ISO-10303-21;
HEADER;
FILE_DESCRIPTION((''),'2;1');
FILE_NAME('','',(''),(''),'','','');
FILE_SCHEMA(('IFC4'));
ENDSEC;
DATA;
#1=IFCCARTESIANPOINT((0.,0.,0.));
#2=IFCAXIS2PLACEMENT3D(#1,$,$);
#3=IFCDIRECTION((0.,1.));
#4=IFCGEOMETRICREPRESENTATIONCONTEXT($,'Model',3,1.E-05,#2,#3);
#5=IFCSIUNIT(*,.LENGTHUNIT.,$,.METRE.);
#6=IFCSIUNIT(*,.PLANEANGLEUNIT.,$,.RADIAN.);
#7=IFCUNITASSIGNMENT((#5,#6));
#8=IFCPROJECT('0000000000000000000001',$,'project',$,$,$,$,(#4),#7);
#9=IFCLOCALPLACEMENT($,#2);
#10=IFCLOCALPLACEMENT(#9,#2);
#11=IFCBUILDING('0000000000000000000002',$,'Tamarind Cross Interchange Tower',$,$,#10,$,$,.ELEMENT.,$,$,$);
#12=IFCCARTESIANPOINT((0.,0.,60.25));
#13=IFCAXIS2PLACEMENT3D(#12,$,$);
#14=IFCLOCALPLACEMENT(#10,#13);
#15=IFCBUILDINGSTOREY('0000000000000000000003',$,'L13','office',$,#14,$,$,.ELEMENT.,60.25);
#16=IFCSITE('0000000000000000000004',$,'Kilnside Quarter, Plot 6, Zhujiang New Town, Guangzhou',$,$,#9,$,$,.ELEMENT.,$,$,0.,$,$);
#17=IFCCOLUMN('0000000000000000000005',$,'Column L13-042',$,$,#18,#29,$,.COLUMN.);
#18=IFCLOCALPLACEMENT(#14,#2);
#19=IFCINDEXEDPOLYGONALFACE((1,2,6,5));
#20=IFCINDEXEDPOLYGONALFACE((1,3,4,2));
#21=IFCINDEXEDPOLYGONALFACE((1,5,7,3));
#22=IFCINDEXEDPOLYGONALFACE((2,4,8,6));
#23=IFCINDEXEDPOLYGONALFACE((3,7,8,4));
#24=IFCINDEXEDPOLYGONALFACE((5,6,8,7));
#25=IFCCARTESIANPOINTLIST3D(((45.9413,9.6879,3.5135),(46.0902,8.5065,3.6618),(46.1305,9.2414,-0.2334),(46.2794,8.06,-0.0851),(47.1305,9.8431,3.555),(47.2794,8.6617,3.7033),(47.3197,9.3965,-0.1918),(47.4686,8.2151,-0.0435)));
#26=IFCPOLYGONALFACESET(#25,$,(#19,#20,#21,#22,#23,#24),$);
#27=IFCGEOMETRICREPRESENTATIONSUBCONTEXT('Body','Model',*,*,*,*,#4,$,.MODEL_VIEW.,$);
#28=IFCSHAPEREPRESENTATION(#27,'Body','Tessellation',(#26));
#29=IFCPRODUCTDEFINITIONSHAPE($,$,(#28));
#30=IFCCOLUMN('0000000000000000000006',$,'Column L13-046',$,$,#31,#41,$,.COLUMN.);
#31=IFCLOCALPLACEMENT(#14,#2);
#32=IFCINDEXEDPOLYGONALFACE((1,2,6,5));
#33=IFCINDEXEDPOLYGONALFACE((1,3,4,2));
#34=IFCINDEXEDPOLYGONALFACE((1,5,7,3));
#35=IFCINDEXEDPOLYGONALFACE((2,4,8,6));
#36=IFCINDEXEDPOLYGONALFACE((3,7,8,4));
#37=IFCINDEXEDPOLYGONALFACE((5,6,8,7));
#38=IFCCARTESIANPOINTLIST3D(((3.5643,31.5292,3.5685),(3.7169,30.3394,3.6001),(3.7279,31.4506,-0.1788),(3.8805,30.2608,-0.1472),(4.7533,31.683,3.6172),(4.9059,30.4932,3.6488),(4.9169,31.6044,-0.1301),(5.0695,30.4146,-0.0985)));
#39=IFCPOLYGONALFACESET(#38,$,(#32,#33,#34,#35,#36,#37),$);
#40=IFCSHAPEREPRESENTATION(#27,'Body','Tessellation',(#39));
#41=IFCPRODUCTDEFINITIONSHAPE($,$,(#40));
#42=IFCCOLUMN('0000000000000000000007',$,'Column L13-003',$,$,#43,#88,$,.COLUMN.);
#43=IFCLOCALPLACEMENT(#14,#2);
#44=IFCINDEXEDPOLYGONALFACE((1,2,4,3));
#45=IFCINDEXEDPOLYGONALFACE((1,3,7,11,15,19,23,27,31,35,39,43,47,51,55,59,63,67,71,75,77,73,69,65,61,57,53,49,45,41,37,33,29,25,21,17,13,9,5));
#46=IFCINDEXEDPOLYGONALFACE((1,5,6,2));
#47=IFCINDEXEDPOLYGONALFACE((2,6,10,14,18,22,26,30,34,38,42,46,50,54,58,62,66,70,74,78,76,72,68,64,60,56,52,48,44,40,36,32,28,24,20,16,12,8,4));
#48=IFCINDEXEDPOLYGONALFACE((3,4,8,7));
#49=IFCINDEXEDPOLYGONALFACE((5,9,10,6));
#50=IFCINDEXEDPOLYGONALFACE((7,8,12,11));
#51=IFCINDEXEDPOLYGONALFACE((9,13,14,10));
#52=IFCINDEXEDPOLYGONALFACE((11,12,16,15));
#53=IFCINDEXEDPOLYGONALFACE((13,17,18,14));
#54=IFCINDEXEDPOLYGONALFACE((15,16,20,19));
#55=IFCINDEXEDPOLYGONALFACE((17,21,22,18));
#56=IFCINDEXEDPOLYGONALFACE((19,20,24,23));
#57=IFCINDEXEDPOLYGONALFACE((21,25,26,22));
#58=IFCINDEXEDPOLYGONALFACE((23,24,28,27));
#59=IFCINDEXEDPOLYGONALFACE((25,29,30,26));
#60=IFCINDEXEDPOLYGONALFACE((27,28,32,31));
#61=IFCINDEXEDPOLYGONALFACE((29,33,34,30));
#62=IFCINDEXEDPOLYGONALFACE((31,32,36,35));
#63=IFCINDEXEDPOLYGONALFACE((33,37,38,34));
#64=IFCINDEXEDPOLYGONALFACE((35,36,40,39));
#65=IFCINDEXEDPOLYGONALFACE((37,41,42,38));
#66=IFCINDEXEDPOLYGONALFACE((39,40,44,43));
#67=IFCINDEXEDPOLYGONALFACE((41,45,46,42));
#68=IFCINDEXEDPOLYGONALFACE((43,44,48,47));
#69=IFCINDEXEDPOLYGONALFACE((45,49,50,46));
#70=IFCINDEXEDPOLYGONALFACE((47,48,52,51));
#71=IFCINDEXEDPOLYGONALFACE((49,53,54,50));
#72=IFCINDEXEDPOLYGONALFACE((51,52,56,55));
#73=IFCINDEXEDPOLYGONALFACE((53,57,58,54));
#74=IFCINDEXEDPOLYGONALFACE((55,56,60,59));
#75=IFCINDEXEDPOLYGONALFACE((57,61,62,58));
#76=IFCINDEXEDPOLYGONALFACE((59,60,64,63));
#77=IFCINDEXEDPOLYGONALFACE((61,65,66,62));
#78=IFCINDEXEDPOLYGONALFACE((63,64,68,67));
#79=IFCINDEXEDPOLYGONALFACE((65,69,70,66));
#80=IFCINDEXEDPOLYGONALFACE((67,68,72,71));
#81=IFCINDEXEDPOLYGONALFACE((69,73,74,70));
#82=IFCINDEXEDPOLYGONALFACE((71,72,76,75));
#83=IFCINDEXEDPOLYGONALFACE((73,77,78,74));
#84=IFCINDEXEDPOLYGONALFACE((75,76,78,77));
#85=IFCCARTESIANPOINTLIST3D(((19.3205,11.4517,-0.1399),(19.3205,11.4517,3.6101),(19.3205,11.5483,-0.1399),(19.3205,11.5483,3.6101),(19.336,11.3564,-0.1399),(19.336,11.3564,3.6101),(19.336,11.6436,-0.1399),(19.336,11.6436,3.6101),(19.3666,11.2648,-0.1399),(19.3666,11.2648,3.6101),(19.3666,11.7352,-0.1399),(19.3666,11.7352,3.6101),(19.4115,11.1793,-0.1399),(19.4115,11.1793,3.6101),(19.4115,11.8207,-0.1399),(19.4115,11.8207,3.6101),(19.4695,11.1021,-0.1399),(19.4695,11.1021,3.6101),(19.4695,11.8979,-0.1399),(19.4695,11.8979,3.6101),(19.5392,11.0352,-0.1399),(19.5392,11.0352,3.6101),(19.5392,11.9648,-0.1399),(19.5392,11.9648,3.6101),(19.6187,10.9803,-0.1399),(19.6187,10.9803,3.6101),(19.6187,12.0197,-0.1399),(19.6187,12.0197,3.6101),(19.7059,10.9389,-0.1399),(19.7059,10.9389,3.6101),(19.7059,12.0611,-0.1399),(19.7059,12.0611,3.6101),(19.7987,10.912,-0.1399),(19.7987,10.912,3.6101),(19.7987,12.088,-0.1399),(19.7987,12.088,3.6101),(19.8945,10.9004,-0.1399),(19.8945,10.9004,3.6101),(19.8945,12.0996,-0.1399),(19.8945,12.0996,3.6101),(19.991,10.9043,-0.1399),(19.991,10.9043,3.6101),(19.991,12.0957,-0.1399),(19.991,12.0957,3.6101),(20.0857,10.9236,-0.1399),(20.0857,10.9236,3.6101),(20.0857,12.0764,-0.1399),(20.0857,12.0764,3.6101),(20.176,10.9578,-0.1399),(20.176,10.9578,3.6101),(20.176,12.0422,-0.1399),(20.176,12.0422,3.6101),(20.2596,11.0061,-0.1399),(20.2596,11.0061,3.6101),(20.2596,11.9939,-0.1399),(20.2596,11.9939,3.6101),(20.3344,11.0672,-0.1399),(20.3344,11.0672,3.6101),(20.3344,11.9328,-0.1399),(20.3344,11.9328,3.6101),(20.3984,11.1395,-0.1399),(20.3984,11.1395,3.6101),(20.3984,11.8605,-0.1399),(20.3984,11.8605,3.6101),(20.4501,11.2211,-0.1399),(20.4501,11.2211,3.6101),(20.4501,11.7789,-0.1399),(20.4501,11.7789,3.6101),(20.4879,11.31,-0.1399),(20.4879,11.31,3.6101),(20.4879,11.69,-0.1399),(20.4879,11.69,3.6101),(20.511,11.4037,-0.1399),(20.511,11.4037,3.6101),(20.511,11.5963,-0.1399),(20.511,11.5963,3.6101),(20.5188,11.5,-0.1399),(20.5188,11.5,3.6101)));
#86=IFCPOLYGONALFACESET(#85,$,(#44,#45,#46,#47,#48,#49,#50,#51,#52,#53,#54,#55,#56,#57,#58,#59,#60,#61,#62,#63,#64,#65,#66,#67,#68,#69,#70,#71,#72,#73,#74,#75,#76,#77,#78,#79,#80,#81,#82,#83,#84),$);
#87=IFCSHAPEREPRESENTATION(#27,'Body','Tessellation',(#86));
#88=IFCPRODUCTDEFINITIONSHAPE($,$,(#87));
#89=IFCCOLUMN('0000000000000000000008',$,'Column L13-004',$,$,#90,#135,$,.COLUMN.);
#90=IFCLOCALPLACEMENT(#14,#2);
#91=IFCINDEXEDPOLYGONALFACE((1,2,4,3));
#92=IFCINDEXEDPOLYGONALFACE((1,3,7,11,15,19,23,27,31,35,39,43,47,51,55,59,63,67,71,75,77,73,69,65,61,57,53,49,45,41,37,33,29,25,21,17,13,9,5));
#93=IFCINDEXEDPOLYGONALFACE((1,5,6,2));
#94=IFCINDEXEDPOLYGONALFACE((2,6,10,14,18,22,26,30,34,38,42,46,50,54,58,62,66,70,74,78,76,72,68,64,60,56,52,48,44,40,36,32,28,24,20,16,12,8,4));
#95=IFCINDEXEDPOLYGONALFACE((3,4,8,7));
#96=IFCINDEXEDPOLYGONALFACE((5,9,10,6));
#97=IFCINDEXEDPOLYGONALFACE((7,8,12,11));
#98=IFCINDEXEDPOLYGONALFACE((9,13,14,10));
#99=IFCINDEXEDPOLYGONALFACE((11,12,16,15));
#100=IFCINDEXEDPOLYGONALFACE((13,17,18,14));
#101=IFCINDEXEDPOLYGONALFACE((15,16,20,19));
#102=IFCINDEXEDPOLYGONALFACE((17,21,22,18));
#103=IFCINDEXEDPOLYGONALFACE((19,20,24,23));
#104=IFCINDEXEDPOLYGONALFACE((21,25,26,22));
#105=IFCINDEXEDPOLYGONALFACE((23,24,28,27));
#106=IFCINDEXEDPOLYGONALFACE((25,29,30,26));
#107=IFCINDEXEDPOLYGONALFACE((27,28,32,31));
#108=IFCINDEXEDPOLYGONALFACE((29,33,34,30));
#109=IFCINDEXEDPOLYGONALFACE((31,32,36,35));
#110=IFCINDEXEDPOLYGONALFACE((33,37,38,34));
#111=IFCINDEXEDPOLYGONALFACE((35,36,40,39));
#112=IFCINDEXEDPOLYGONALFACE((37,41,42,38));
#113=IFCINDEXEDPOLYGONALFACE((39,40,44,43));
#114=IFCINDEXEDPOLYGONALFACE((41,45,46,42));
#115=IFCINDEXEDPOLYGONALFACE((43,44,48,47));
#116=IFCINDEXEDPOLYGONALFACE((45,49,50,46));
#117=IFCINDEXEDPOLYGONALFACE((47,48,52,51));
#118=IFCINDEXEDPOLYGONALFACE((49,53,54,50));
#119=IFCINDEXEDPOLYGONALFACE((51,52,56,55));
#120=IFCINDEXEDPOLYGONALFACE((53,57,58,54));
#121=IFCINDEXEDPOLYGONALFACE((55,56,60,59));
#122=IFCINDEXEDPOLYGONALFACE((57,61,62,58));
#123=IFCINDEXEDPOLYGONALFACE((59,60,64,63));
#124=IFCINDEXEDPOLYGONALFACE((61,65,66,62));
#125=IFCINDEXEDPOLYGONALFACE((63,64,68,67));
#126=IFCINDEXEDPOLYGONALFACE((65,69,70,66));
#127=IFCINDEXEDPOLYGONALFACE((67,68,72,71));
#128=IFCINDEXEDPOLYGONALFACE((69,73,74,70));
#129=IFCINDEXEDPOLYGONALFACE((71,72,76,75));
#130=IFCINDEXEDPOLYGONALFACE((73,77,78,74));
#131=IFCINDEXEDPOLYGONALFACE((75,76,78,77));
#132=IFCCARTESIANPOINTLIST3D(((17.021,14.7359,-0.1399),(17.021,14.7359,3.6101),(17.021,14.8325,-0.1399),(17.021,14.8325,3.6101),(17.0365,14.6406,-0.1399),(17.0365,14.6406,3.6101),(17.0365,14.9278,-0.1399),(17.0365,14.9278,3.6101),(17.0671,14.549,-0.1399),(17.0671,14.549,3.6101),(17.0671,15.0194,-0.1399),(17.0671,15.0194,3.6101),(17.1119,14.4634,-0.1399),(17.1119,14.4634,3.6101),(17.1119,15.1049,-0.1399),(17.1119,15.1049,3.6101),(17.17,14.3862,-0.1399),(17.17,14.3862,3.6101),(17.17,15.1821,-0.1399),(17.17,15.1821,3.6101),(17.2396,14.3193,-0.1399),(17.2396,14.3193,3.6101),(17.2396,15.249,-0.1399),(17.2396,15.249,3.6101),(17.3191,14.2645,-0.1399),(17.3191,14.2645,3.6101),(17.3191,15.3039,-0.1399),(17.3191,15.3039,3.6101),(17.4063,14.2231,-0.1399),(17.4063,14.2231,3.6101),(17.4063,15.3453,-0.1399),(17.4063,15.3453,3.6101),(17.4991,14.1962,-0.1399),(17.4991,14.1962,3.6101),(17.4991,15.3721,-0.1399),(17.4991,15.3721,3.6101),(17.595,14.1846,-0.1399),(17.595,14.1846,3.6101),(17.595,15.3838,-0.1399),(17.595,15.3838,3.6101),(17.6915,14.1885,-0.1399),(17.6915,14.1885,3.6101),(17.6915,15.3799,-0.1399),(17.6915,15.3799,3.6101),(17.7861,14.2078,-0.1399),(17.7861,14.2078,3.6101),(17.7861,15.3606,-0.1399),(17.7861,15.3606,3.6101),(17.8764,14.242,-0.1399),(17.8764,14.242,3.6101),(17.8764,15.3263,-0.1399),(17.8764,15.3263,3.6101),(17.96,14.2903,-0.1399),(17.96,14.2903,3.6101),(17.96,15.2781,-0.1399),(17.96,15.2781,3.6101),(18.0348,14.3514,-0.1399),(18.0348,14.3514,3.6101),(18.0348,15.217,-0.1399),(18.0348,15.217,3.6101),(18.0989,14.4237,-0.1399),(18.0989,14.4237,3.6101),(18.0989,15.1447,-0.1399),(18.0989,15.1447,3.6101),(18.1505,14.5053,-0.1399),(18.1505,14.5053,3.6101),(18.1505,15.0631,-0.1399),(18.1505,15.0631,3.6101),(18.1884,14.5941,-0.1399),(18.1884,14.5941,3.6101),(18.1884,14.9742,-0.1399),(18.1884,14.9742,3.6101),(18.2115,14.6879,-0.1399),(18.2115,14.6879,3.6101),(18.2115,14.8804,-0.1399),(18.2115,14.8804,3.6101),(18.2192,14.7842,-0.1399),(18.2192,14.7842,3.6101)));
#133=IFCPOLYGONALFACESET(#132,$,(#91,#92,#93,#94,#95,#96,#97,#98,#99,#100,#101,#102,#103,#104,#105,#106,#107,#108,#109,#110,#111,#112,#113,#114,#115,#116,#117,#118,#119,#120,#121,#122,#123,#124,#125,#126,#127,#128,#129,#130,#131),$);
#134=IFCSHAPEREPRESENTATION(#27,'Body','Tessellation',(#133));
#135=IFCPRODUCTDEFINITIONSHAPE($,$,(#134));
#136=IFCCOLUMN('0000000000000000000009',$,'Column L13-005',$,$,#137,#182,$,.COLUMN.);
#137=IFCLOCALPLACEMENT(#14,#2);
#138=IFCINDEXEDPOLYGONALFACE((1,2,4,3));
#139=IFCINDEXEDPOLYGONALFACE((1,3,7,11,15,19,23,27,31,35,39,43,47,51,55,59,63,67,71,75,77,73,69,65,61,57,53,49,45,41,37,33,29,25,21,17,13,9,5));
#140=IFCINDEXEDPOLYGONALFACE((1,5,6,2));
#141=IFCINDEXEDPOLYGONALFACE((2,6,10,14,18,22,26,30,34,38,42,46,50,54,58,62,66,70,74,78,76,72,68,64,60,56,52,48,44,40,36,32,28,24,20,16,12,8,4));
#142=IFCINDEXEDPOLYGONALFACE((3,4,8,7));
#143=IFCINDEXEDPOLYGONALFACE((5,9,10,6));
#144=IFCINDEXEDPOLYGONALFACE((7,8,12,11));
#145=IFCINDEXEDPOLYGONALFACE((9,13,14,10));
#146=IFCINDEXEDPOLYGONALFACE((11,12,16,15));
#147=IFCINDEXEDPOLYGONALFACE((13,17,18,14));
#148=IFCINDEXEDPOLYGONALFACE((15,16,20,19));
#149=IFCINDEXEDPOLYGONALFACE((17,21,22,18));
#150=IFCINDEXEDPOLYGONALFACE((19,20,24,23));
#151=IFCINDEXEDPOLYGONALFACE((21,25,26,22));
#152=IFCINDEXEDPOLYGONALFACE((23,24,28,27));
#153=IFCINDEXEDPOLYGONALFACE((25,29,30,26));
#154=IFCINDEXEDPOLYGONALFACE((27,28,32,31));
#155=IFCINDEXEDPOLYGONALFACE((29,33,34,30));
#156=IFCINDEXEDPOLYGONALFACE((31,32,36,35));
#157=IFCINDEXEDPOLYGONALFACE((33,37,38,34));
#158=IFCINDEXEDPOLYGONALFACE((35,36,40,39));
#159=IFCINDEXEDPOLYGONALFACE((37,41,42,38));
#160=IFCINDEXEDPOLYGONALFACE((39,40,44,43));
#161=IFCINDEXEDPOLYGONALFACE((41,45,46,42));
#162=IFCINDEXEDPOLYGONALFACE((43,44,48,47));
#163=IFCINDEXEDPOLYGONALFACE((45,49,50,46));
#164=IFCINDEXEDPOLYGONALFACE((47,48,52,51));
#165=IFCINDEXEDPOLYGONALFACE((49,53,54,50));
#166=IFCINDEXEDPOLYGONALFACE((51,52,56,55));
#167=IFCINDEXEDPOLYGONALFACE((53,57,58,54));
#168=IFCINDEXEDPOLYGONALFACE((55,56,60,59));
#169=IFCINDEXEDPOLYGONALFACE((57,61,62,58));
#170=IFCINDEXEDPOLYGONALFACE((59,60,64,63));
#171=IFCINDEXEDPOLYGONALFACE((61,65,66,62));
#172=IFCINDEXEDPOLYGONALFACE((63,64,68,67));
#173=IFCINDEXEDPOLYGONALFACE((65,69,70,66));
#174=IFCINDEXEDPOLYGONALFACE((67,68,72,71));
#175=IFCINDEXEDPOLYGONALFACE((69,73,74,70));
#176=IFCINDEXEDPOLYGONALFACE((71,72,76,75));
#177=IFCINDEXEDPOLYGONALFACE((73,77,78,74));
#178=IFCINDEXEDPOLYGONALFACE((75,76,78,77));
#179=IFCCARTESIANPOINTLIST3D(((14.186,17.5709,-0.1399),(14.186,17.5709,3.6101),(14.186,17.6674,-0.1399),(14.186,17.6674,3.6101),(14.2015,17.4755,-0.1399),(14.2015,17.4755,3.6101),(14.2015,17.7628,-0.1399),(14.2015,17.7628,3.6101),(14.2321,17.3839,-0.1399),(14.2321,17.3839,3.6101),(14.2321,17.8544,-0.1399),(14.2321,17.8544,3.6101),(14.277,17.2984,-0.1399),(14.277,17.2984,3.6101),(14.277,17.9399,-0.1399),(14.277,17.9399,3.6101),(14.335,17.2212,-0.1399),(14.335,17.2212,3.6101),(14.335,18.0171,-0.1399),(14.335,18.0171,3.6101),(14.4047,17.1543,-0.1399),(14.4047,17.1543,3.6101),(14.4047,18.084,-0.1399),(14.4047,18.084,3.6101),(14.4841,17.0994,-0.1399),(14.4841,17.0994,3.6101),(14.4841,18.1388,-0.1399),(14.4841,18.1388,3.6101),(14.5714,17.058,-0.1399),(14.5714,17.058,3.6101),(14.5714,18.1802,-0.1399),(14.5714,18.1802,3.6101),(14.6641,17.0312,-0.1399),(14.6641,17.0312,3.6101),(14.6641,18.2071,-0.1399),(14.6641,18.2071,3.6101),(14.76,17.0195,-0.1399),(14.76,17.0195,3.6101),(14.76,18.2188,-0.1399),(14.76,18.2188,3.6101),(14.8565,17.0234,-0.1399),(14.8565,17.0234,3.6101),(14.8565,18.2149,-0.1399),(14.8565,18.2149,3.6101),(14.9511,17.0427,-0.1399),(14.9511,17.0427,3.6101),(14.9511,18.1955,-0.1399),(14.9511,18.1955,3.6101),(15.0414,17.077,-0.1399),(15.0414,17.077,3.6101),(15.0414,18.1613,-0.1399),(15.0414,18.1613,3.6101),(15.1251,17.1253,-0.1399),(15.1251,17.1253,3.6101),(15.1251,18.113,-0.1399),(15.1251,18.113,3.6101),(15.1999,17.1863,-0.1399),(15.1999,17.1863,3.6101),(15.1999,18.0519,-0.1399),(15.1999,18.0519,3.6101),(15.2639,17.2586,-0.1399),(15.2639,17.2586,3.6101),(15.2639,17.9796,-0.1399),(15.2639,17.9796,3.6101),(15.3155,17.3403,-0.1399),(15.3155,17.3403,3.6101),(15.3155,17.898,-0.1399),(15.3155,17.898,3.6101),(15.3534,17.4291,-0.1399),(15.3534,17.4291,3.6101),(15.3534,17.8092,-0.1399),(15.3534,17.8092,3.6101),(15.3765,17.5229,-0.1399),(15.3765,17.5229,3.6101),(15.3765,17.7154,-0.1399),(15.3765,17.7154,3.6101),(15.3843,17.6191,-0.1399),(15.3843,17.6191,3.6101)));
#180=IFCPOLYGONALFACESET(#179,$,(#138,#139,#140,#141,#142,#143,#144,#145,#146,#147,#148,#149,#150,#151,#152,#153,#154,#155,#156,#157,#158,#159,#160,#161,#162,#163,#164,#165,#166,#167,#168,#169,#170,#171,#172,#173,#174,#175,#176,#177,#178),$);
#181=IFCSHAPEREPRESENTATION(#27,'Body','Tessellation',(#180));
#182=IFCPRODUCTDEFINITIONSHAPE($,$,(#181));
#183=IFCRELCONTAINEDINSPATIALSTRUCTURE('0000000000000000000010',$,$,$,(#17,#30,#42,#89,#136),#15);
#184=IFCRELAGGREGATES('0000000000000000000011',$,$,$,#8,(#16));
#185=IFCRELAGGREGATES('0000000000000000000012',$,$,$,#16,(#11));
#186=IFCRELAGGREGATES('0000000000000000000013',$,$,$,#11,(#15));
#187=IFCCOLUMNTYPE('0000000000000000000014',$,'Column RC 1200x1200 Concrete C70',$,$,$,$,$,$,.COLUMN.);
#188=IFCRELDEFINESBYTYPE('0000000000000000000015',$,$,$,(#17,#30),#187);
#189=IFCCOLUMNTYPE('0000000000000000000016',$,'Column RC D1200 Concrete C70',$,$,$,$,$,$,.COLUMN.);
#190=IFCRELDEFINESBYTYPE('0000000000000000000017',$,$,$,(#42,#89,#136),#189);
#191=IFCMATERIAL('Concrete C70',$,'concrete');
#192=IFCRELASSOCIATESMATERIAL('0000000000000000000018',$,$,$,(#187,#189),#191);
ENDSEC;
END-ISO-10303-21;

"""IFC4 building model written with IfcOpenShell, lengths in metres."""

from ifc_helpers import new_model, si_unit, direction, frame, origin, origin_2d, place, context, subcontext, project, spatial, rectangle, circle, extrude, material, material_profile, profile_set, type_object, element, save


model = new_model("IFC4")

# Units and contexts
model_context = context("Model", 3, precision=1e-05, world=origin(), true_north=direction((0.0, 1.0)))
body_context = subcontext(model_context, "Body", "Model", "MODEL_VIEW")
ifc_project = project(units=[si_unit("LENGTHUNIT", "METRE"), si_unit("PLANEANGLEUNIT", "RADIAN")], contexts=[model_context])

# Site, building, storey
site_placement = place(None, origin())
site = spatial("IfcSite", under=ifc_project, at=site_placement, Name="Kilnside Quarter, Plot 6, Zhujiang New Town, Guangzhou", CompositionType="ELEMENT", RefElevation=0.0)
building_placement = place(site_placement, origin())
building = spatial("IfcBuilding", under=site, at=building_placement, Name="Tamarind Cross Interchange Tower", CompositionType="ELEMENT")
storey_placement = place(building_placement, frame((0.0, 0.0, 60.25)))
storey = spatial("IfcBuildingStorey", under=building, at=storey_placement, Name="L13", Description="office", CompositionType="ELEMENT", Elevation=60.25)

# Columns
ifc_material_1 = material(Name="Concrete C70", Category="concrete")
ifc_material_profile_1 = material_profile(ifc_material_1, rectangle(XDim=1.2, YDim=1.2, at=origin_2d()), Name="RC 1200x1200")
ifc_profile_set_1 = profile_set([ifc_material_profile_1], Name="Concrete C70")
column_type_1 = type_object("IfcColumnType", Name="Column RC 1200x1200 Concrete C70", PredefinedType="COLUMN", material=ifc_profile_set_1)
column_1_placement = place(storey_placement, frame((46.7996, 8.7283, -0.1384), z_axis=(-0.050081, 0.11819, 0.991727), x_axis=(0.124106, -0.984541, 0.123601)))
element("IfcColumn", 1, at=column_1_placement, inside=storey, type_object=column_type_1, Name="Column L13-042", PredefinedType="COLUMN", context=body_context, shape_type="SweptSolid", body=[
    extrude(rectangle(XDim=1.2, YDim=1.2, at=origin_2d()), origin(), (0.0, 0.0, 1.0), 3.7781),
])
column_2_placement = place(storey_placement, frame((4.3987, 30.9326, -0.1387), z_axis=(-0.0436, 0.020954, 0.998829), x_axis=(0.12717, -0.991531, 0.026352)))
element("IfcColumn", 2, at=column_2_placement, inside=storey, type_object=column_type_1, Name="Column L13-046", PredefinedType="COLUMN", context=body_context, shape_type="SweptSolid", body=[
    extrude(rectangle(XDim=1.2, YDim=1.2, at=origin_2d()), origin(), (0.0, 0.0, 1.0), 3.7517),
])
ifc_material_profile_2 = material_profile(ifc_material_1, circle(Radius=0.6001, at=origin_2d()), Name="RC D1200")
ifc_profile_set_2 = profile_set([ifc_material_profile_2], Name="Concrete C70")
column_type_2 = type_object("IfcColumnType", Name="Column RC D1200 Concrete C70", PredefinedType="COLUMN", material=ifc_profile_set_2)
for number, where, z_axis, x_axis, name in (
    (3, (19.9187, 11.5, -0.1399), (0.0, 0.0, 1.0), (1.0, 0.0, 0.0), "Column L13-003"),
    (4, (17.6191, 14.7842, -0.1399), (0.0, 0.0, 1.0), (1.0, 0.0, 0.0), "Column L13-004"),
    (5, (14.7842, 17.6191, -0.1399), (0.0, 0.0, 1.0), (1.0, 0.0, 0.0), "Column L13-005"),
):
    element("IfcColumn", number, at=place(storey_placement, frame(where, z_axis=z_axis, x_axis=x_axis)), inside=storey, type_object=column_type_2, Name=name, PredefinedType="COLUMN", context=body_context, shape_type="SweptSolid", body=[
        extrude(circle(Radius=0.6001, at=origin_2d()), origin(), (0.0, 0.0, 1.0), 3.75),
    ])

save(model, "model.ifc")
